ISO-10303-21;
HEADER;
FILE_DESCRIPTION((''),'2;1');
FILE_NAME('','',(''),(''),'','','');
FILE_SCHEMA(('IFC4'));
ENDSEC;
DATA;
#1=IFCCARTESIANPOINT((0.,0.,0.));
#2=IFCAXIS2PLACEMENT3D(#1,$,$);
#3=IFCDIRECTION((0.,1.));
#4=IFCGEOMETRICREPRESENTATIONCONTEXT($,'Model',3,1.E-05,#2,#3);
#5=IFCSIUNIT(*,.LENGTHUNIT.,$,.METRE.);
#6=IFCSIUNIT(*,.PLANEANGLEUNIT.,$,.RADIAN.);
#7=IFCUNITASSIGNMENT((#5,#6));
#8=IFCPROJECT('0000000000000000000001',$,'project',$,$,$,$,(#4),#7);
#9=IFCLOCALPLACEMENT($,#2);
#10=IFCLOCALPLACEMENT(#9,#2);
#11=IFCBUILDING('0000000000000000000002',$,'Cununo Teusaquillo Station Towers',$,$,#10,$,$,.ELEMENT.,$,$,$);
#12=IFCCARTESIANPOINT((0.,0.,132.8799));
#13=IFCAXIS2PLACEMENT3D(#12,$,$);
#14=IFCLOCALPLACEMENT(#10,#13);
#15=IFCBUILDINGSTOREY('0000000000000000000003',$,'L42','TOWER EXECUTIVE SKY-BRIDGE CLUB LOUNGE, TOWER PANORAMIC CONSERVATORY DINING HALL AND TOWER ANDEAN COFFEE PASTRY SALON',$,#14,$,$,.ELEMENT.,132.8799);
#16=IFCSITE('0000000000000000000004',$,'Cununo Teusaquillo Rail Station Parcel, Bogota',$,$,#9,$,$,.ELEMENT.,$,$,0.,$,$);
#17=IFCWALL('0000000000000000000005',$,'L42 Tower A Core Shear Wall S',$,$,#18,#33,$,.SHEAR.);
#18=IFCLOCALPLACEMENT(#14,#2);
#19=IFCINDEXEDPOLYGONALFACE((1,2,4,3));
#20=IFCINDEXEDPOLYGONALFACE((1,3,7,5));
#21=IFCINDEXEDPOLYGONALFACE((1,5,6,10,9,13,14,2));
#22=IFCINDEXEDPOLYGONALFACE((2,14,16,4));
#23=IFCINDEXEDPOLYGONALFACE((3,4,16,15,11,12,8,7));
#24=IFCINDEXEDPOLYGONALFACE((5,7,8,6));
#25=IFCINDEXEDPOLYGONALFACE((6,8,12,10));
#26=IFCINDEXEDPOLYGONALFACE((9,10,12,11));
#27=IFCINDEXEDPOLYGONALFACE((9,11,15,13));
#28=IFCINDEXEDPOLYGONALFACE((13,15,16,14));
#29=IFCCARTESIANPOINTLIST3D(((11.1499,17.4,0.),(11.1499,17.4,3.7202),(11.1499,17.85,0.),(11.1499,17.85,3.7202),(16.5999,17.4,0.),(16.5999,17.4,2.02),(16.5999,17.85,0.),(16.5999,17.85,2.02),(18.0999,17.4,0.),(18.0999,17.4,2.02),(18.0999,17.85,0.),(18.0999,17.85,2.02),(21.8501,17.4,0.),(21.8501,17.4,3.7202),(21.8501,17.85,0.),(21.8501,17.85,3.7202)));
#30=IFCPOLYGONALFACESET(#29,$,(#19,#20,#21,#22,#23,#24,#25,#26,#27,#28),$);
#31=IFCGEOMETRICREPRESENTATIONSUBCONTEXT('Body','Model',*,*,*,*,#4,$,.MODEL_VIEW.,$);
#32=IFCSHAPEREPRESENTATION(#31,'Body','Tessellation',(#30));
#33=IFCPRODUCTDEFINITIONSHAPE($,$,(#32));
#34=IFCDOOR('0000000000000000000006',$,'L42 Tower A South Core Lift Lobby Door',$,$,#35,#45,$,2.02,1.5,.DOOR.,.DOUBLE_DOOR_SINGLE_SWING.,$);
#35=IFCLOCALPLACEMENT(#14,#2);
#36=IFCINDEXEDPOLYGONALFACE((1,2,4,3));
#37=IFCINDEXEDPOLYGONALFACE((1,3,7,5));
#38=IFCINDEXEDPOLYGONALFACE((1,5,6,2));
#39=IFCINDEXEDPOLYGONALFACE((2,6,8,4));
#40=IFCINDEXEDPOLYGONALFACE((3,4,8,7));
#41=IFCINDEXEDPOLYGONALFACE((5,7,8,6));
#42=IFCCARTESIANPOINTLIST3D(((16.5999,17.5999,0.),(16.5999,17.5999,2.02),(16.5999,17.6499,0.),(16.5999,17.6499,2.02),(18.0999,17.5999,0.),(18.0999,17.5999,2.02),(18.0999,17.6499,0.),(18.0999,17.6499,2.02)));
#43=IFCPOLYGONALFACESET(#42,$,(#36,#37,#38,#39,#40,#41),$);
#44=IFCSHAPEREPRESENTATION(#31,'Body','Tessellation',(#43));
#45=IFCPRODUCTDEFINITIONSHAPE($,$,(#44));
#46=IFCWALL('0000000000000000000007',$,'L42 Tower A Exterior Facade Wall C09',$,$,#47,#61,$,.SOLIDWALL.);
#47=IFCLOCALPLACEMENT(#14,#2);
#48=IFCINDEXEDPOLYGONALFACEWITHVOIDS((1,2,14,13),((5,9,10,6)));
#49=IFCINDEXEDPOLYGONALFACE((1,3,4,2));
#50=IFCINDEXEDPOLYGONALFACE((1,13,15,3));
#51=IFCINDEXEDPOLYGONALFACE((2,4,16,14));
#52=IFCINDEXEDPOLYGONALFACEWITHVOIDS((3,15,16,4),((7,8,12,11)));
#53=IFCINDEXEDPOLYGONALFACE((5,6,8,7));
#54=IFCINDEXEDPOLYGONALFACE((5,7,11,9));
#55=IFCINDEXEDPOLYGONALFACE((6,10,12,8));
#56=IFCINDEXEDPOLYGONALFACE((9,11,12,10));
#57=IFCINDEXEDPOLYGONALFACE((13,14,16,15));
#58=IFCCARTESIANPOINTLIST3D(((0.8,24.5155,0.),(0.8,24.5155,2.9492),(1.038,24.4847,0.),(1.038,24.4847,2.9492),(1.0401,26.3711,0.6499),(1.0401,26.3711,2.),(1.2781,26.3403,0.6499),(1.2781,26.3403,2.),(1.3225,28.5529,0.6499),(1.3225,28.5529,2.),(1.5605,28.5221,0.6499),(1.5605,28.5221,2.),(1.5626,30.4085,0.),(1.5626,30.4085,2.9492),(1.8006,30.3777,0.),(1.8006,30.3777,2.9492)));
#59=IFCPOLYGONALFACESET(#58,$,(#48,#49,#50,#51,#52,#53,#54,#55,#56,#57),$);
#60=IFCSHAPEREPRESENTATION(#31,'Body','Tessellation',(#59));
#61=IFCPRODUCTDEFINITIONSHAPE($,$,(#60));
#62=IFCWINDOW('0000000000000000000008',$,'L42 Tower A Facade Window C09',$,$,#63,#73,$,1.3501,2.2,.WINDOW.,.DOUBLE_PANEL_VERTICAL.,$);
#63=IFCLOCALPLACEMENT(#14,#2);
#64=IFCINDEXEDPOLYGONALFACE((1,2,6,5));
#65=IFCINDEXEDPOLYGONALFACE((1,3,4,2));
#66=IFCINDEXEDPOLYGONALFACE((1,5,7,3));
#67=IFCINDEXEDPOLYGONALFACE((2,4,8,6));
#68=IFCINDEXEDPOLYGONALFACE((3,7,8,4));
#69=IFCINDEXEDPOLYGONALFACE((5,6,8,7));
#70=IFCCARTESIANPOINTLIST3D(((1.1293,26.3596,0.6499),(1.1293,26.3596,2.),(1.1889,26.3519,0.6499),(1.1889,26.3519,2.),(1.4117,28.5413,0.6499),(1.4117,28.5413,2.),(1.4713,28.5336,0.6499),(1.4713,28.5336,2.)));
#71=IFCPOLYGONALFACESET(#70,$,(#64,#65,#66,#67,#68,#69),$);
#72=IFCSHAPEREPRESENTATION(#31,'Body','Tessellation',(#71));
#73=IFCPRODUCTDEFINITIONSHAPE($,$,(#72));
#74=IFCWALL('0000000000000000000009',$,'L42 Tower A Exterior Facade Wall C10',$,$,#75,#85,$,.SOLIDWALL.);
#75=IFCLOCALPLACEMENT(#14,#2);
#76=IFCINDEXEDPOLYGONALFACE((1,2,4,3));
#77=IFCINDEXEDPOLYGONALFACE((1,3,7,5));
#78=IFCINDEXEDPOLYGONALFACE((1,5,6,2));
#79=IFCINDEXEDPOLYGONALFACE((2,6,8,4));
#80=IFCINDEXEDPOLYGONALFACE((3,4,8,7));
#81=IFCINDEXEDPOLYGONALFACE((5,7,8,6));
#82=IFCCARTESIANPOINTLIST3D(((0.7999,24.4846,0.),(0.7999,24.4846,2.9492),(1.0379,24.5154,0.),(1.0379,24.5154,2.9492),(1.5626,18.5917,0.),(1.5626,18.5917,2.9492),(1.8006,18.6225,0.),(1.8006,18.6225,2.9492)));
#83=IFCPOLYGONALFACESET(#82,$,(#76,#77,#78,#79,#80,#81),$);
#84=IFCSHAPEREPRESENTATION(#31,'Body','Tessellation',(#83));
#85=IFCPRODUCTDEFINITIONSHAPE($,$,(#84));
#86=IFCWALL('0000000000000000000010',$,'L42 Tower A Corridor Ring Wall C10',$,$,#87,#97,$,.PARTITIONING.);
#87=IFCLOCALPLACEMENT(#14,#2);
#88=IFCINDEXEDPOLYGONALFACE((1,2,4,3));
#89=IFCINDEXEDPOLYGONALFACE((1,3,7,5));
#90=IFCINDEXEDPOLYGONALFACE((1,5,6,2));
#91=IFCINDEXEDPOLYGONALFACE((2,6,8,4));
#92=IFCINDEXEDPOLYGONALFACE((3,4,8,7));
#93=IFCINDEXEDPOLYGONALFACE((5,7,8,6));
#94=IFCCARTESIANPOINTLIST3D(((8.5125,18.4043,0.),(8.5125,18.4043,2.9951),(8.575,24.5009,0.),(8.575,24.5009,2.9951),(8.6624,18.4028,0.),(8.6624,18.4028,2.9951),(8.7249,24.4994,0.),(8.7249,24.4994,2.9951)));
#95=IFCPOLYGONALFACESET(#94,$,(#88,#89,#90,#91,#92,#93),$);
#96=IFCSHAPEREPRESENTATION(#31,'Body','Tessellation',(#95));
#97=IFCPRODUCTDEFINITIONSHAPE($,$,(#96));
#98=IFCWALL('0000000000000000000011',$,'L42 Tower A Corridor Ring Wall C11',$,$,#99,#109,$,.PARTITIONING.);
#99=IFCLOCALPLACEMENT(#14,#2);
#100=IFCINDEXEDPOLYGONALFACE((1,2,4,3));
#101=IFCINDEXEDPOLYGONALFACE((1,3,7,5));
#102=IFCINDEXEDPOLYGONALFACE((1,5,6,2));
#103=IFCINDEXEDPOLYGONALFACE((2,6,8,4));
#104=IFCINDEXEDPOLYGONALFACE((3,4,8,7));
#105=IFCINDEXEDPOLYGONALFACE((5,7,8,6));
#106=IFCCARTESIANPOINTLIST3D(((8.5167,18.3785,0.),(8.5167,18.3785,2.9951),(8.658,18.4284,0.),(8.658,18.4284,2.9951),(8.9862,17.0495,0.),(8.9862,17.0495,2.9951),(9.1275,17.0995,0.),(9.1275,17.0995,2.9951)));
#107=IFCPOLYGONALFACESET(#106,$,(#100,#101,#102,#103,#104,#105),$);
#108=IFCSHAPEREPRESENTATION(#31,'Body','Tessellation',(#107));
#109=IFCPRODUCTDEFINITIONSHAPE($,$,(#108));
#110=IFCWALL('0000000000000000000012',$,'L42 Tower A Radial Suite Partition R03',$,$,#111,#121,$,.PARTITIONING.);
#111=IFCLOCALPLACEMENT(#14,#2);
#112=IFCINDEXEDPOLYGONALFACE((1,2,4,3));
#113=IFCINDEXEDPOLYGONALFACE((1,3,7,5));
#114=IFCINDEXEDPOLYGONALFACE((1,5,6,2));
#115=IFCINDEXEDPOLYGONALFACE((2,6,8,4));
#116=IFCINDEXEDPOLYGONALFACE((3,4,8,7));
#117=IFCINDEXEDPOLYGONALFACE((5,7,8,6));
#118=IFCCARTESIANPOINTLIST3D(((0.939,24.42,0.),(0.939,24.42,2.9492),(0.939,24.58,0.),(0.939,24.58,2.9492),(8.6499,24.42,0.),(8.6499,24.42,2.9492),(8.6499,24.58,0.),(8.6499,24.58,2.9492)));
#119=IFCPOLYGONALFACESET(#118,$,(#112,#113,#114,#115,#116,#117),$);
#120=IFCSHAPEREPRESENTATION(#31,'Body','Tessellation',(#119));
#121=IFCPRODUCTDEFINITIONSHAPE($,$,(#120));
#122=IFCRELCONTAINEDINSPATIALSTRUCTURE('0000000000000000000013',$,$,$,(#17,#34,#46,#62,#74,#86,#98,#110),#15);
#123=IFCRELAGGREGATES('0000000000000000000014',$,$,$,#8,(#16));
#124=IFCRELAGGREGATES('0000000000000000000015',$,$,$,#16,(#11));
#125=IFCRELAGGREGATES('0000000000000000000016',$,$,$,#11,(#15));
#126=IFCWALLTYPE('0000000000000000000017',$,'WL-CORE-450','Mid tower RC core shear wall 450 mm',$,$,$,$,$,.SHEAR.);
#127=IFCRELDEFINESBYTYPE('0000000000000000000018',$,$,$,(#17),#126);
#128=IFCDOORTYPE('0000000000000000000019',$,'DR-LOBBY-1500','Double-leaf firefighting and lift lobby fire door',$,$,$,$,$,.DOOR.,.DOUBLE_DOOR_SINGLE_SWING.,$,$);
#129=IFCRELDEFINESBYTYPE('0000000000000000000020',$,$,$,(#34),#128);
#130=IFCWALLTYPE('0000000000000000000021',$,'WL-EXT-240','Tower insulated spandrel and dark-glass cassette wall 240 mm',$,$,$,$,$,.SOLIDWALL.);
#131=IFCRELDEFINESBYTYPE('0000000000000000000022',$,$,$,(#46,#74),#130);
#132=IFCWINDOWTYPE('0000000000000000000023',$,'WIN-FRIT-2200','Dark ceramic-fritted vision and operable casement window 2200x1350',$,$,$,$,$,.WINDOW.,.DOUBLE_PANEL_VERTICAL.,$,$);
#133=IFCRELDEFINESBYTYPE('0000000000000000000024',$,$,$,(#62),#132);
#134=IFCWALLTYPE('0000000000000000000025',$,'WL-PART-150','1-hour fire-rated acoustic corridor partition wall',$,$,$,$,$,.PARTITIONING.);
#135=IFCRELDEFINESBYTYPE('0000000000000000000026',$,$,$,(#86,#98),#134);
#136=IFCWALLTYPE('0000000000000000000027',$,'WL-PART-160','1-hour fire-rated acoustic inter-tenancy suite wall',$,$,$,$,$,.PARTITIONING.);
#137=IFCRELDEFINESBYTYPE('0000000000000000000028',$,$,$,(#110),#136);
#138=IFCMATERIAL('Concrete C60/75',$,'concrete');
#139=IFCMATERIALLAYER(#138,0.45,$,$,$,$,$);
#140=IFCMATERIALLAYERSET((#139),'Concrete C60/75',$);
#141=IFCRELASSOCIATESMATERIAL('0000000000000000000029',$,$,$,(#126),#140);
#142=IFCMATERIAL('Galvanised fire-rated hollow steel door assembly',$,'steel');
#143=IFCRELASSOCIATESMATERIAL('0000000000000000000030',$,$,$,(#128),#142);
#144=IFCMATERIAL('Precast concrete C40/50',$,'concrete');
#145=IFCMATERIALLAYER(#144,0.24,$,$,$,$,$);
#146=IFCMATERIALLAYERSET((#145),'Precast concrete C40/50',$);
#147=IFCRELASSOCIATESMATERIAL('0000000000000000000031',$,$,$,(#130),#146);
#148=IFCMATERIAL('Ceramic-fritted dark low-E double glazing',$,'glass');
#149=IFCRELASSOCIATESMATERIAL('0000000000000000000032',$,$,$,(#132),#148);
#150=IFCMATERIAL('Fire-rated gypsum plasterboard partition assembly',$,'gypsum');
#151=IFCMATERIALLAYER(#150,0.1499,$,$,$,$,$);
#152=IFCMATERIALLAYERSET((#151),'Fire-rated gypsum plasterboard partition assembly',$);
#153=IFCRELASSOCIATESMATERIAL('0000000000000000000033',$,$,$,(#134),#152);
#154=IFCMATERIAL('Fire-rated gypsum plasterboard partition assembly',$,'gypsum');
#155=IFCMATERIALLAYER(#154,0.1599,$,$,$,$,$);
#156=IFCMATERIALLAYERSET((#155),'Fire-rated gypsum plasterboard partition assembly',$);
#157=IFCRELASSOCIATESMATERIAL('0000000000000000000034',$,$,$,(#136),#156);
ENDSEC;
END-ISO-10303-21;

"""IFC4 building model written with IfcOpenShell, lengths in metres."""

from ifc_helpers import new_model, si_unit, direction, frame, frame_2d, origin, place, context, subcontext, project, spatial, rectangle, extrude, source, transform, mapped, material, layer, layer_set, type_object, element, fill, save


model = new_model("IFC4")

# Units and contexts
model_context = context("Model", 3, precision=1e-05, world=origin(), true_north=direction((0.0, 1.0)))
body_context = subcontext(model_context, "Body", "Model", "MODEL_VIEW")
ifc_project = project(units=[si_unit("LENGTHUNIT", "METRE"), si_unit("PLANEANGLEUNIT", "RADIAN")], contexts=[model_context])

# Site, building, storey
site_placement = place(None, origin())
site = spatial("IfcSite", under=ifc_project, at=site_placement, Name="Cununo Teusaquillo Rail Station Parcel, Bogota", CompositionType="ELEMENT", RefElevation=0.0)
building_placement = place(site_placement, origin())
building = spatial("IfcBuilding", under=site, at=building_placement, Name="Cununo Teusaquillo Station Towers", CompositionType="ELEMENT")
storey_placement = place(building_placement, frame((0.0, 0.0, 132.8799)))
storey = spatial("IfcBuildingStorey", under=building, at=storey_placement, Name="L42", Description="TOWER EXECUTIVE SKY-BRIDGE CLUB LOUNGE, TOWER PANORAMIC CONSERVATORY DINING HALL AND TOWER ANDEAN COFFEE PASTRY SALON", CompositionType="ELEMENT", Elevation=132.8799)

# Wall, opening, door
ifc_material_1 = material(Name="Concrete C60/75", Category="concrete")
ifc_layer_1 = layer(ifc_material_1, 0.45)
ifc_layer_set_1 = layer_set([ifc_layer_1], Name="Concrete C60/75")
wall_type_1 = type_object("IfcWallType", Name="WL-CORE-450", Description="Mid tower RC core shear wall 450 mm", PredefinedType="SHEAR", material=ifc_layer_set_1)
wall_1_placement = place(storey_placement, frame((11.1499, 17.625, 0.0), z_axis=(0.0, 0.0, 1.0), x_axis=(1.0, 0.0, 0.0)))
wall_1 = element("IfcWall", 1, at=wall_1_placement, inside=storey, type_object=wall_type_1, Name="L42 Tower A Core Shear Wall S", PredefinedType="SHEAR", context=body_context, shape_type="SweptSolid", body=[
    extrude(rectangle(XDim=10.7002, YDim=0.45, at=frame_2d((5.3501, 0.0))), origin(), (0.0, 0.0, 1.0), 3.7202),
])
shared_shape_1 = source(origin(), body_context, "Body", "SweptSolid", [
    extrude(rectangle(XDim=1.5, YDim=2.02, at=frame_2d((0.75, 1.01))), frame((0.0, 0.2349, 0.0), z_axis=(0.0, -1.0, 0.0), x_axis=(1.0, 0.0, 0.0)), (0.0, 0.0, 1.0), 0.47),
])
opening_1_placement = place(wall_1_placement, frame((5.45, 0.0, 0.0)))
opening_1 = element("IfcOpeningElement", 2, at=opening_1_placement, cuts=wall_1, PredefinedType="OPENING", context=body_context, shape_type="MappedRepresentation", body=[
    mapped(shared_shape_1, transform((0.0, 0.0, 0.0), x_axis=(1.0, 0.0, 0.0), y_axis=(0.0, 1.0, 0.0), z_axis=(0.0, 0.0, 1.0), scale=1.0)),
])
ifc_material_2 = material(Name="Galvanised fire-rated hollow steel door assembly", Category="steel")
door_type = type_object("IfcDoorType", Name="DR-LOBBY-1500", Description="Double-leaf firefighting and lift lobby fire door", OperationType="DOUBLE_DOOR_SINGLE_SWING", PredefinedType="DOOR", material=ifc_material_2)
shared_shape_2 = source(origin(), body_context, "Body", "SweptSolid", [
    extrude(rectangle(XDim=1.5, YDim=2.02, at=frame_2d((0.75, 1.01))), frame((0.0, 0.0249, 0.0), z_axis=(0.0, -1.0, 0.0), x_axis=(1.0, 0.0, 0.0)), (0.0, 0.0, 1.0), 0.05),
])
door_placement = place(opening_1_placement, origin())
door = element("IfcDoor", 3, at=door_placement, inside=storey, type_object=door_type, Name="L42 Tower A South Core Lift Lobby Door", OperationType="DOUBLE_DOOR_SINGLE_SWING", OverallHeight=2.02, OverallWidth=1.5, PredefinedType="DOOR", context=body_context, shape_type="MappedRepresentation", body=[
    mapped(shared_shape_2, transform((0.0, 0.0, 0.0), x_axis=(1.0, 0.0, 0.0), y_axis=(0.0, 1.0, 0.0), z_axis=(0.0, 0.0, 1.0), scale=1.0)),
])
fill(opening_1, door)

# Wall, opening, window
ifc_material_3 = material(Name="Precast concrete C40/50", Category="concrete")
ifc_layer_2 = layer(ifc_material_3, 0.24)
ifc_layer_set_2 = layer_set([ifc_layer_2], Name="Precast concrete C40/50")
wall_type_2 = type_object("IfcWallType", Name="WL-EXT-240", Description="Tower insulated spandrel and dark-glass cassette wall 240 mm", PredefinedType="SOLIDWALL", material=ifc_layer_set_2)
wall_2_placement = place(storey_placement, frame((0.9189, 24.5, 0.0), z_axis=(0.0, 0.0, 1.0), x_axis=(0.128352, 0.991729, 0.0)))
wall_2 = element("IfcWall", 4, at=wall_2_placement, inside=storey, type_object=wall_type_2, Name="L42 Tower A Exterior Facade Wall C09", PredefinedType="SOLIDWALL", context=body_context, shape_type="SweptSolid", body=[
    extrude(rectangle(XDim=5.9421, YDim=0.24, at=frame_2d((2.9712, 0.0))), origin(), (0.0, 0.0, 1.0), 2.9492),
])
shared_shape_3 = source(origin(), body_context, "Body", "SweptSolid", [
    extrude(rectangle(XDim=2.2, YDim=1.3501, at=frame_2d((1.1001, 0.675))), frame((0.0, 0.1299, 0.0), z_axis=(0.0, -1.0, 0.0), x_axis=(1.0, 0.0, 0.0)), (0.0, 0.0, 1.0), 0.26),
])
opening_2_placement = place(wall_2_placement, frame((1.8711, 0.0, 0.6499)))
opening_2 = element("IfcOpeningElement", 5, at=opening_2_placement, cuts=wall_2, PredefinedType="OPENING", context=body_context, shape_type="MappedRepresentation", body=[
    mapped(shared_shape_3, transform((0.0, 0.0, 0.0), x_axis=(1.0, 0.0, 0.0), y_axis=(0.0, 1.0, 0.0), z_axis=(0.0, 0.0, 1.0), scale=1.0)),
])
ifc_material_4 = material(Name="Ceramic-fritted dark low-E double glazing", Category="glass")
window_type = type_object("IfcWindowType", Name="WIN-FRIT-2200", Description="Dark ceramic-fritted vision and operable casement window 2200x1350", PartitioningType="DOUBLE_PANEL_VERTICAL", PredefinedType="WINDOW", material=ifc_material_4)
shared_shape_4 = source(origin(), body_context, "Body", "SweptSolid", [
    extrude(rectangle(XDim=2.2, YDim=1.3501, at=frame_2d((1.1001, 0.675))), frame((0.0, 0.03, 0.0), z_axis=(0.0, -1.0, 0.0), x_axis=(1.0, 0.0, 0.0)), (0.0, 0.0, 1.0), 0.0601),
])
window_placement = place(opening_2_placement, origin())
window = element("IfcWindow", 6, at=window_placement, inside=storey, type_object=window_type, Name="L42 Tower A Facade Window C09", OverallHeight=1.3501, OverallWidth=2.2, PartitioningType="DOUBLE_PANEL_VERTICAL", PredefinedType="WINDOW", context=body_context, shape_type="MappedRepresentation", body=[
    mapped(shared_shape_4, transform((0.0, 0.0, 0.0), x_axis=(1.0, 0.0, 0.0), y_axis=(0.0, 1.0, 0.0), z_axis=(0.0, 0.0, 1.0), scale=1.0)),
])
fill(opening_2, window)

# Walls
wall_3_placement = place(storey_placement, frame((1.6816, 18.6069, 0.0), z_axis=(0.0, 0.0, 1.0), x_axis=(-0.128352, 0.991729, 0.0)))
element("IfcWall", 7, at=wall_3_placement, inside=storey, type_object=wall_type_2, Name="L42 Tower A Exterior Facade Wall C10", PredefinedType="SOLIDWALL", context=body_context, shape_type="SweptSolid", body=[
    extrude(rectangle(XDim=5.9421, YDim=0.24, at=frame_2d((2.9712, 0.0))), origin(), (0.0, 0.0, 1.0), 2.9492),
])
ifc_material_5 = material(Name="Fire-rated gypsum plasterboard partition assembly", Category="gypsum")
ifc_layer_3 = layer(ifc_material_5, 0.1499)
ifc_layer_set_3 = layer_set([ifc_layer_3], Name="Fire-rated gypsum plasterboard partition assembly")
wall_type_3 = type_object("IfcWallType", Name="WL-PART-150", Description="1-hour fire-rated acoustic corridor partition wall", PredefinedType="PARTITIONING", material=ifc_layer_set_3)
wall_4_placement = place(storey_placement, frame((8.6499, 24.5, 0.0), z_axis=(0.0, 0.0, 1.0), x_axis=(-0.010251, -0.999947, 0.0)))
element("IfcWall", 8, at=wall_4_placement, inside=storey, type_object=wall_type_3, Name="L42 Tower A Corridor Ring Wall C10", PredefinedType="PARTITIONING", context=body_context, shape_type="SweptSolid", body=[
    extrude(rectangle(XDim=6.0969, YDim=0.1499, at=frame_2d((3.0483, 0.0))), origin(), (0.0, 0.0, 1.0), 2.9951),
])
wall_5_placement = place(storey_placement, frame((8.5874, 18.4033, 0.0), z_axis=(0.0, 0.0, 1.0), x_axis=(0.333119, -0.942885, 0.0)))
element("IfcWall", 9, at=wall_5_placement, inside=storey, type_object=wall_type_3, Name="L42 Tower A Corridor Ring Wall C11", PredefinedType="PARTITIONING", context=body_context, shape_type="SweptSolid", body=[
    extrude(rectangle(XDim=1.4094, YDim=0.1499, at=frame_2d((0.7046, 0.0))), origin(), (0.0, 0.0, 1.0), 2.9951),
])
ifc_material_6 = material(Name="Fire-rated gypsum plasterboard partition assembly", Category="gypsum")
ifc_layer_4 = layer(ifc_material_6, 0.1599)
ifc_layer_set_4 = layer_set([ifc_layer_4], Name="Fire-rated gypsum plasterboard partition assembly")
wall_type_4 = type_object("IfcWallType", Name="WL-PART-160", Description="1-hour fire-rated acoustic inter-tenancy suite wall", PredefinedType="PARTITIONING", material=ifc_layer_set_4)
wall_6_placement = place(storey_placement, frame((8.6499, 24.5, 0.0), z_axis=(0.0, 0.0, 1.0), x_axis=(-1.0, 0.0, 0.0)))
element("IfcWall", 10, at=wall_6_placement, inside=storey, type_object=wall_type_4, Name="L42 Tower A Radial Suite Partition R03", PredefinedType="PARTITIONING", context=body_context, shape_type="SweptSolid", body=[
    extrude(rectangle(XDim=7.7109, YDim=0.1599, at=frame_2d((3.8555, 0.0))), origin(), (0.0, 0.0, 1.0), 2.9492),
])

save(model, "model.ifc")
